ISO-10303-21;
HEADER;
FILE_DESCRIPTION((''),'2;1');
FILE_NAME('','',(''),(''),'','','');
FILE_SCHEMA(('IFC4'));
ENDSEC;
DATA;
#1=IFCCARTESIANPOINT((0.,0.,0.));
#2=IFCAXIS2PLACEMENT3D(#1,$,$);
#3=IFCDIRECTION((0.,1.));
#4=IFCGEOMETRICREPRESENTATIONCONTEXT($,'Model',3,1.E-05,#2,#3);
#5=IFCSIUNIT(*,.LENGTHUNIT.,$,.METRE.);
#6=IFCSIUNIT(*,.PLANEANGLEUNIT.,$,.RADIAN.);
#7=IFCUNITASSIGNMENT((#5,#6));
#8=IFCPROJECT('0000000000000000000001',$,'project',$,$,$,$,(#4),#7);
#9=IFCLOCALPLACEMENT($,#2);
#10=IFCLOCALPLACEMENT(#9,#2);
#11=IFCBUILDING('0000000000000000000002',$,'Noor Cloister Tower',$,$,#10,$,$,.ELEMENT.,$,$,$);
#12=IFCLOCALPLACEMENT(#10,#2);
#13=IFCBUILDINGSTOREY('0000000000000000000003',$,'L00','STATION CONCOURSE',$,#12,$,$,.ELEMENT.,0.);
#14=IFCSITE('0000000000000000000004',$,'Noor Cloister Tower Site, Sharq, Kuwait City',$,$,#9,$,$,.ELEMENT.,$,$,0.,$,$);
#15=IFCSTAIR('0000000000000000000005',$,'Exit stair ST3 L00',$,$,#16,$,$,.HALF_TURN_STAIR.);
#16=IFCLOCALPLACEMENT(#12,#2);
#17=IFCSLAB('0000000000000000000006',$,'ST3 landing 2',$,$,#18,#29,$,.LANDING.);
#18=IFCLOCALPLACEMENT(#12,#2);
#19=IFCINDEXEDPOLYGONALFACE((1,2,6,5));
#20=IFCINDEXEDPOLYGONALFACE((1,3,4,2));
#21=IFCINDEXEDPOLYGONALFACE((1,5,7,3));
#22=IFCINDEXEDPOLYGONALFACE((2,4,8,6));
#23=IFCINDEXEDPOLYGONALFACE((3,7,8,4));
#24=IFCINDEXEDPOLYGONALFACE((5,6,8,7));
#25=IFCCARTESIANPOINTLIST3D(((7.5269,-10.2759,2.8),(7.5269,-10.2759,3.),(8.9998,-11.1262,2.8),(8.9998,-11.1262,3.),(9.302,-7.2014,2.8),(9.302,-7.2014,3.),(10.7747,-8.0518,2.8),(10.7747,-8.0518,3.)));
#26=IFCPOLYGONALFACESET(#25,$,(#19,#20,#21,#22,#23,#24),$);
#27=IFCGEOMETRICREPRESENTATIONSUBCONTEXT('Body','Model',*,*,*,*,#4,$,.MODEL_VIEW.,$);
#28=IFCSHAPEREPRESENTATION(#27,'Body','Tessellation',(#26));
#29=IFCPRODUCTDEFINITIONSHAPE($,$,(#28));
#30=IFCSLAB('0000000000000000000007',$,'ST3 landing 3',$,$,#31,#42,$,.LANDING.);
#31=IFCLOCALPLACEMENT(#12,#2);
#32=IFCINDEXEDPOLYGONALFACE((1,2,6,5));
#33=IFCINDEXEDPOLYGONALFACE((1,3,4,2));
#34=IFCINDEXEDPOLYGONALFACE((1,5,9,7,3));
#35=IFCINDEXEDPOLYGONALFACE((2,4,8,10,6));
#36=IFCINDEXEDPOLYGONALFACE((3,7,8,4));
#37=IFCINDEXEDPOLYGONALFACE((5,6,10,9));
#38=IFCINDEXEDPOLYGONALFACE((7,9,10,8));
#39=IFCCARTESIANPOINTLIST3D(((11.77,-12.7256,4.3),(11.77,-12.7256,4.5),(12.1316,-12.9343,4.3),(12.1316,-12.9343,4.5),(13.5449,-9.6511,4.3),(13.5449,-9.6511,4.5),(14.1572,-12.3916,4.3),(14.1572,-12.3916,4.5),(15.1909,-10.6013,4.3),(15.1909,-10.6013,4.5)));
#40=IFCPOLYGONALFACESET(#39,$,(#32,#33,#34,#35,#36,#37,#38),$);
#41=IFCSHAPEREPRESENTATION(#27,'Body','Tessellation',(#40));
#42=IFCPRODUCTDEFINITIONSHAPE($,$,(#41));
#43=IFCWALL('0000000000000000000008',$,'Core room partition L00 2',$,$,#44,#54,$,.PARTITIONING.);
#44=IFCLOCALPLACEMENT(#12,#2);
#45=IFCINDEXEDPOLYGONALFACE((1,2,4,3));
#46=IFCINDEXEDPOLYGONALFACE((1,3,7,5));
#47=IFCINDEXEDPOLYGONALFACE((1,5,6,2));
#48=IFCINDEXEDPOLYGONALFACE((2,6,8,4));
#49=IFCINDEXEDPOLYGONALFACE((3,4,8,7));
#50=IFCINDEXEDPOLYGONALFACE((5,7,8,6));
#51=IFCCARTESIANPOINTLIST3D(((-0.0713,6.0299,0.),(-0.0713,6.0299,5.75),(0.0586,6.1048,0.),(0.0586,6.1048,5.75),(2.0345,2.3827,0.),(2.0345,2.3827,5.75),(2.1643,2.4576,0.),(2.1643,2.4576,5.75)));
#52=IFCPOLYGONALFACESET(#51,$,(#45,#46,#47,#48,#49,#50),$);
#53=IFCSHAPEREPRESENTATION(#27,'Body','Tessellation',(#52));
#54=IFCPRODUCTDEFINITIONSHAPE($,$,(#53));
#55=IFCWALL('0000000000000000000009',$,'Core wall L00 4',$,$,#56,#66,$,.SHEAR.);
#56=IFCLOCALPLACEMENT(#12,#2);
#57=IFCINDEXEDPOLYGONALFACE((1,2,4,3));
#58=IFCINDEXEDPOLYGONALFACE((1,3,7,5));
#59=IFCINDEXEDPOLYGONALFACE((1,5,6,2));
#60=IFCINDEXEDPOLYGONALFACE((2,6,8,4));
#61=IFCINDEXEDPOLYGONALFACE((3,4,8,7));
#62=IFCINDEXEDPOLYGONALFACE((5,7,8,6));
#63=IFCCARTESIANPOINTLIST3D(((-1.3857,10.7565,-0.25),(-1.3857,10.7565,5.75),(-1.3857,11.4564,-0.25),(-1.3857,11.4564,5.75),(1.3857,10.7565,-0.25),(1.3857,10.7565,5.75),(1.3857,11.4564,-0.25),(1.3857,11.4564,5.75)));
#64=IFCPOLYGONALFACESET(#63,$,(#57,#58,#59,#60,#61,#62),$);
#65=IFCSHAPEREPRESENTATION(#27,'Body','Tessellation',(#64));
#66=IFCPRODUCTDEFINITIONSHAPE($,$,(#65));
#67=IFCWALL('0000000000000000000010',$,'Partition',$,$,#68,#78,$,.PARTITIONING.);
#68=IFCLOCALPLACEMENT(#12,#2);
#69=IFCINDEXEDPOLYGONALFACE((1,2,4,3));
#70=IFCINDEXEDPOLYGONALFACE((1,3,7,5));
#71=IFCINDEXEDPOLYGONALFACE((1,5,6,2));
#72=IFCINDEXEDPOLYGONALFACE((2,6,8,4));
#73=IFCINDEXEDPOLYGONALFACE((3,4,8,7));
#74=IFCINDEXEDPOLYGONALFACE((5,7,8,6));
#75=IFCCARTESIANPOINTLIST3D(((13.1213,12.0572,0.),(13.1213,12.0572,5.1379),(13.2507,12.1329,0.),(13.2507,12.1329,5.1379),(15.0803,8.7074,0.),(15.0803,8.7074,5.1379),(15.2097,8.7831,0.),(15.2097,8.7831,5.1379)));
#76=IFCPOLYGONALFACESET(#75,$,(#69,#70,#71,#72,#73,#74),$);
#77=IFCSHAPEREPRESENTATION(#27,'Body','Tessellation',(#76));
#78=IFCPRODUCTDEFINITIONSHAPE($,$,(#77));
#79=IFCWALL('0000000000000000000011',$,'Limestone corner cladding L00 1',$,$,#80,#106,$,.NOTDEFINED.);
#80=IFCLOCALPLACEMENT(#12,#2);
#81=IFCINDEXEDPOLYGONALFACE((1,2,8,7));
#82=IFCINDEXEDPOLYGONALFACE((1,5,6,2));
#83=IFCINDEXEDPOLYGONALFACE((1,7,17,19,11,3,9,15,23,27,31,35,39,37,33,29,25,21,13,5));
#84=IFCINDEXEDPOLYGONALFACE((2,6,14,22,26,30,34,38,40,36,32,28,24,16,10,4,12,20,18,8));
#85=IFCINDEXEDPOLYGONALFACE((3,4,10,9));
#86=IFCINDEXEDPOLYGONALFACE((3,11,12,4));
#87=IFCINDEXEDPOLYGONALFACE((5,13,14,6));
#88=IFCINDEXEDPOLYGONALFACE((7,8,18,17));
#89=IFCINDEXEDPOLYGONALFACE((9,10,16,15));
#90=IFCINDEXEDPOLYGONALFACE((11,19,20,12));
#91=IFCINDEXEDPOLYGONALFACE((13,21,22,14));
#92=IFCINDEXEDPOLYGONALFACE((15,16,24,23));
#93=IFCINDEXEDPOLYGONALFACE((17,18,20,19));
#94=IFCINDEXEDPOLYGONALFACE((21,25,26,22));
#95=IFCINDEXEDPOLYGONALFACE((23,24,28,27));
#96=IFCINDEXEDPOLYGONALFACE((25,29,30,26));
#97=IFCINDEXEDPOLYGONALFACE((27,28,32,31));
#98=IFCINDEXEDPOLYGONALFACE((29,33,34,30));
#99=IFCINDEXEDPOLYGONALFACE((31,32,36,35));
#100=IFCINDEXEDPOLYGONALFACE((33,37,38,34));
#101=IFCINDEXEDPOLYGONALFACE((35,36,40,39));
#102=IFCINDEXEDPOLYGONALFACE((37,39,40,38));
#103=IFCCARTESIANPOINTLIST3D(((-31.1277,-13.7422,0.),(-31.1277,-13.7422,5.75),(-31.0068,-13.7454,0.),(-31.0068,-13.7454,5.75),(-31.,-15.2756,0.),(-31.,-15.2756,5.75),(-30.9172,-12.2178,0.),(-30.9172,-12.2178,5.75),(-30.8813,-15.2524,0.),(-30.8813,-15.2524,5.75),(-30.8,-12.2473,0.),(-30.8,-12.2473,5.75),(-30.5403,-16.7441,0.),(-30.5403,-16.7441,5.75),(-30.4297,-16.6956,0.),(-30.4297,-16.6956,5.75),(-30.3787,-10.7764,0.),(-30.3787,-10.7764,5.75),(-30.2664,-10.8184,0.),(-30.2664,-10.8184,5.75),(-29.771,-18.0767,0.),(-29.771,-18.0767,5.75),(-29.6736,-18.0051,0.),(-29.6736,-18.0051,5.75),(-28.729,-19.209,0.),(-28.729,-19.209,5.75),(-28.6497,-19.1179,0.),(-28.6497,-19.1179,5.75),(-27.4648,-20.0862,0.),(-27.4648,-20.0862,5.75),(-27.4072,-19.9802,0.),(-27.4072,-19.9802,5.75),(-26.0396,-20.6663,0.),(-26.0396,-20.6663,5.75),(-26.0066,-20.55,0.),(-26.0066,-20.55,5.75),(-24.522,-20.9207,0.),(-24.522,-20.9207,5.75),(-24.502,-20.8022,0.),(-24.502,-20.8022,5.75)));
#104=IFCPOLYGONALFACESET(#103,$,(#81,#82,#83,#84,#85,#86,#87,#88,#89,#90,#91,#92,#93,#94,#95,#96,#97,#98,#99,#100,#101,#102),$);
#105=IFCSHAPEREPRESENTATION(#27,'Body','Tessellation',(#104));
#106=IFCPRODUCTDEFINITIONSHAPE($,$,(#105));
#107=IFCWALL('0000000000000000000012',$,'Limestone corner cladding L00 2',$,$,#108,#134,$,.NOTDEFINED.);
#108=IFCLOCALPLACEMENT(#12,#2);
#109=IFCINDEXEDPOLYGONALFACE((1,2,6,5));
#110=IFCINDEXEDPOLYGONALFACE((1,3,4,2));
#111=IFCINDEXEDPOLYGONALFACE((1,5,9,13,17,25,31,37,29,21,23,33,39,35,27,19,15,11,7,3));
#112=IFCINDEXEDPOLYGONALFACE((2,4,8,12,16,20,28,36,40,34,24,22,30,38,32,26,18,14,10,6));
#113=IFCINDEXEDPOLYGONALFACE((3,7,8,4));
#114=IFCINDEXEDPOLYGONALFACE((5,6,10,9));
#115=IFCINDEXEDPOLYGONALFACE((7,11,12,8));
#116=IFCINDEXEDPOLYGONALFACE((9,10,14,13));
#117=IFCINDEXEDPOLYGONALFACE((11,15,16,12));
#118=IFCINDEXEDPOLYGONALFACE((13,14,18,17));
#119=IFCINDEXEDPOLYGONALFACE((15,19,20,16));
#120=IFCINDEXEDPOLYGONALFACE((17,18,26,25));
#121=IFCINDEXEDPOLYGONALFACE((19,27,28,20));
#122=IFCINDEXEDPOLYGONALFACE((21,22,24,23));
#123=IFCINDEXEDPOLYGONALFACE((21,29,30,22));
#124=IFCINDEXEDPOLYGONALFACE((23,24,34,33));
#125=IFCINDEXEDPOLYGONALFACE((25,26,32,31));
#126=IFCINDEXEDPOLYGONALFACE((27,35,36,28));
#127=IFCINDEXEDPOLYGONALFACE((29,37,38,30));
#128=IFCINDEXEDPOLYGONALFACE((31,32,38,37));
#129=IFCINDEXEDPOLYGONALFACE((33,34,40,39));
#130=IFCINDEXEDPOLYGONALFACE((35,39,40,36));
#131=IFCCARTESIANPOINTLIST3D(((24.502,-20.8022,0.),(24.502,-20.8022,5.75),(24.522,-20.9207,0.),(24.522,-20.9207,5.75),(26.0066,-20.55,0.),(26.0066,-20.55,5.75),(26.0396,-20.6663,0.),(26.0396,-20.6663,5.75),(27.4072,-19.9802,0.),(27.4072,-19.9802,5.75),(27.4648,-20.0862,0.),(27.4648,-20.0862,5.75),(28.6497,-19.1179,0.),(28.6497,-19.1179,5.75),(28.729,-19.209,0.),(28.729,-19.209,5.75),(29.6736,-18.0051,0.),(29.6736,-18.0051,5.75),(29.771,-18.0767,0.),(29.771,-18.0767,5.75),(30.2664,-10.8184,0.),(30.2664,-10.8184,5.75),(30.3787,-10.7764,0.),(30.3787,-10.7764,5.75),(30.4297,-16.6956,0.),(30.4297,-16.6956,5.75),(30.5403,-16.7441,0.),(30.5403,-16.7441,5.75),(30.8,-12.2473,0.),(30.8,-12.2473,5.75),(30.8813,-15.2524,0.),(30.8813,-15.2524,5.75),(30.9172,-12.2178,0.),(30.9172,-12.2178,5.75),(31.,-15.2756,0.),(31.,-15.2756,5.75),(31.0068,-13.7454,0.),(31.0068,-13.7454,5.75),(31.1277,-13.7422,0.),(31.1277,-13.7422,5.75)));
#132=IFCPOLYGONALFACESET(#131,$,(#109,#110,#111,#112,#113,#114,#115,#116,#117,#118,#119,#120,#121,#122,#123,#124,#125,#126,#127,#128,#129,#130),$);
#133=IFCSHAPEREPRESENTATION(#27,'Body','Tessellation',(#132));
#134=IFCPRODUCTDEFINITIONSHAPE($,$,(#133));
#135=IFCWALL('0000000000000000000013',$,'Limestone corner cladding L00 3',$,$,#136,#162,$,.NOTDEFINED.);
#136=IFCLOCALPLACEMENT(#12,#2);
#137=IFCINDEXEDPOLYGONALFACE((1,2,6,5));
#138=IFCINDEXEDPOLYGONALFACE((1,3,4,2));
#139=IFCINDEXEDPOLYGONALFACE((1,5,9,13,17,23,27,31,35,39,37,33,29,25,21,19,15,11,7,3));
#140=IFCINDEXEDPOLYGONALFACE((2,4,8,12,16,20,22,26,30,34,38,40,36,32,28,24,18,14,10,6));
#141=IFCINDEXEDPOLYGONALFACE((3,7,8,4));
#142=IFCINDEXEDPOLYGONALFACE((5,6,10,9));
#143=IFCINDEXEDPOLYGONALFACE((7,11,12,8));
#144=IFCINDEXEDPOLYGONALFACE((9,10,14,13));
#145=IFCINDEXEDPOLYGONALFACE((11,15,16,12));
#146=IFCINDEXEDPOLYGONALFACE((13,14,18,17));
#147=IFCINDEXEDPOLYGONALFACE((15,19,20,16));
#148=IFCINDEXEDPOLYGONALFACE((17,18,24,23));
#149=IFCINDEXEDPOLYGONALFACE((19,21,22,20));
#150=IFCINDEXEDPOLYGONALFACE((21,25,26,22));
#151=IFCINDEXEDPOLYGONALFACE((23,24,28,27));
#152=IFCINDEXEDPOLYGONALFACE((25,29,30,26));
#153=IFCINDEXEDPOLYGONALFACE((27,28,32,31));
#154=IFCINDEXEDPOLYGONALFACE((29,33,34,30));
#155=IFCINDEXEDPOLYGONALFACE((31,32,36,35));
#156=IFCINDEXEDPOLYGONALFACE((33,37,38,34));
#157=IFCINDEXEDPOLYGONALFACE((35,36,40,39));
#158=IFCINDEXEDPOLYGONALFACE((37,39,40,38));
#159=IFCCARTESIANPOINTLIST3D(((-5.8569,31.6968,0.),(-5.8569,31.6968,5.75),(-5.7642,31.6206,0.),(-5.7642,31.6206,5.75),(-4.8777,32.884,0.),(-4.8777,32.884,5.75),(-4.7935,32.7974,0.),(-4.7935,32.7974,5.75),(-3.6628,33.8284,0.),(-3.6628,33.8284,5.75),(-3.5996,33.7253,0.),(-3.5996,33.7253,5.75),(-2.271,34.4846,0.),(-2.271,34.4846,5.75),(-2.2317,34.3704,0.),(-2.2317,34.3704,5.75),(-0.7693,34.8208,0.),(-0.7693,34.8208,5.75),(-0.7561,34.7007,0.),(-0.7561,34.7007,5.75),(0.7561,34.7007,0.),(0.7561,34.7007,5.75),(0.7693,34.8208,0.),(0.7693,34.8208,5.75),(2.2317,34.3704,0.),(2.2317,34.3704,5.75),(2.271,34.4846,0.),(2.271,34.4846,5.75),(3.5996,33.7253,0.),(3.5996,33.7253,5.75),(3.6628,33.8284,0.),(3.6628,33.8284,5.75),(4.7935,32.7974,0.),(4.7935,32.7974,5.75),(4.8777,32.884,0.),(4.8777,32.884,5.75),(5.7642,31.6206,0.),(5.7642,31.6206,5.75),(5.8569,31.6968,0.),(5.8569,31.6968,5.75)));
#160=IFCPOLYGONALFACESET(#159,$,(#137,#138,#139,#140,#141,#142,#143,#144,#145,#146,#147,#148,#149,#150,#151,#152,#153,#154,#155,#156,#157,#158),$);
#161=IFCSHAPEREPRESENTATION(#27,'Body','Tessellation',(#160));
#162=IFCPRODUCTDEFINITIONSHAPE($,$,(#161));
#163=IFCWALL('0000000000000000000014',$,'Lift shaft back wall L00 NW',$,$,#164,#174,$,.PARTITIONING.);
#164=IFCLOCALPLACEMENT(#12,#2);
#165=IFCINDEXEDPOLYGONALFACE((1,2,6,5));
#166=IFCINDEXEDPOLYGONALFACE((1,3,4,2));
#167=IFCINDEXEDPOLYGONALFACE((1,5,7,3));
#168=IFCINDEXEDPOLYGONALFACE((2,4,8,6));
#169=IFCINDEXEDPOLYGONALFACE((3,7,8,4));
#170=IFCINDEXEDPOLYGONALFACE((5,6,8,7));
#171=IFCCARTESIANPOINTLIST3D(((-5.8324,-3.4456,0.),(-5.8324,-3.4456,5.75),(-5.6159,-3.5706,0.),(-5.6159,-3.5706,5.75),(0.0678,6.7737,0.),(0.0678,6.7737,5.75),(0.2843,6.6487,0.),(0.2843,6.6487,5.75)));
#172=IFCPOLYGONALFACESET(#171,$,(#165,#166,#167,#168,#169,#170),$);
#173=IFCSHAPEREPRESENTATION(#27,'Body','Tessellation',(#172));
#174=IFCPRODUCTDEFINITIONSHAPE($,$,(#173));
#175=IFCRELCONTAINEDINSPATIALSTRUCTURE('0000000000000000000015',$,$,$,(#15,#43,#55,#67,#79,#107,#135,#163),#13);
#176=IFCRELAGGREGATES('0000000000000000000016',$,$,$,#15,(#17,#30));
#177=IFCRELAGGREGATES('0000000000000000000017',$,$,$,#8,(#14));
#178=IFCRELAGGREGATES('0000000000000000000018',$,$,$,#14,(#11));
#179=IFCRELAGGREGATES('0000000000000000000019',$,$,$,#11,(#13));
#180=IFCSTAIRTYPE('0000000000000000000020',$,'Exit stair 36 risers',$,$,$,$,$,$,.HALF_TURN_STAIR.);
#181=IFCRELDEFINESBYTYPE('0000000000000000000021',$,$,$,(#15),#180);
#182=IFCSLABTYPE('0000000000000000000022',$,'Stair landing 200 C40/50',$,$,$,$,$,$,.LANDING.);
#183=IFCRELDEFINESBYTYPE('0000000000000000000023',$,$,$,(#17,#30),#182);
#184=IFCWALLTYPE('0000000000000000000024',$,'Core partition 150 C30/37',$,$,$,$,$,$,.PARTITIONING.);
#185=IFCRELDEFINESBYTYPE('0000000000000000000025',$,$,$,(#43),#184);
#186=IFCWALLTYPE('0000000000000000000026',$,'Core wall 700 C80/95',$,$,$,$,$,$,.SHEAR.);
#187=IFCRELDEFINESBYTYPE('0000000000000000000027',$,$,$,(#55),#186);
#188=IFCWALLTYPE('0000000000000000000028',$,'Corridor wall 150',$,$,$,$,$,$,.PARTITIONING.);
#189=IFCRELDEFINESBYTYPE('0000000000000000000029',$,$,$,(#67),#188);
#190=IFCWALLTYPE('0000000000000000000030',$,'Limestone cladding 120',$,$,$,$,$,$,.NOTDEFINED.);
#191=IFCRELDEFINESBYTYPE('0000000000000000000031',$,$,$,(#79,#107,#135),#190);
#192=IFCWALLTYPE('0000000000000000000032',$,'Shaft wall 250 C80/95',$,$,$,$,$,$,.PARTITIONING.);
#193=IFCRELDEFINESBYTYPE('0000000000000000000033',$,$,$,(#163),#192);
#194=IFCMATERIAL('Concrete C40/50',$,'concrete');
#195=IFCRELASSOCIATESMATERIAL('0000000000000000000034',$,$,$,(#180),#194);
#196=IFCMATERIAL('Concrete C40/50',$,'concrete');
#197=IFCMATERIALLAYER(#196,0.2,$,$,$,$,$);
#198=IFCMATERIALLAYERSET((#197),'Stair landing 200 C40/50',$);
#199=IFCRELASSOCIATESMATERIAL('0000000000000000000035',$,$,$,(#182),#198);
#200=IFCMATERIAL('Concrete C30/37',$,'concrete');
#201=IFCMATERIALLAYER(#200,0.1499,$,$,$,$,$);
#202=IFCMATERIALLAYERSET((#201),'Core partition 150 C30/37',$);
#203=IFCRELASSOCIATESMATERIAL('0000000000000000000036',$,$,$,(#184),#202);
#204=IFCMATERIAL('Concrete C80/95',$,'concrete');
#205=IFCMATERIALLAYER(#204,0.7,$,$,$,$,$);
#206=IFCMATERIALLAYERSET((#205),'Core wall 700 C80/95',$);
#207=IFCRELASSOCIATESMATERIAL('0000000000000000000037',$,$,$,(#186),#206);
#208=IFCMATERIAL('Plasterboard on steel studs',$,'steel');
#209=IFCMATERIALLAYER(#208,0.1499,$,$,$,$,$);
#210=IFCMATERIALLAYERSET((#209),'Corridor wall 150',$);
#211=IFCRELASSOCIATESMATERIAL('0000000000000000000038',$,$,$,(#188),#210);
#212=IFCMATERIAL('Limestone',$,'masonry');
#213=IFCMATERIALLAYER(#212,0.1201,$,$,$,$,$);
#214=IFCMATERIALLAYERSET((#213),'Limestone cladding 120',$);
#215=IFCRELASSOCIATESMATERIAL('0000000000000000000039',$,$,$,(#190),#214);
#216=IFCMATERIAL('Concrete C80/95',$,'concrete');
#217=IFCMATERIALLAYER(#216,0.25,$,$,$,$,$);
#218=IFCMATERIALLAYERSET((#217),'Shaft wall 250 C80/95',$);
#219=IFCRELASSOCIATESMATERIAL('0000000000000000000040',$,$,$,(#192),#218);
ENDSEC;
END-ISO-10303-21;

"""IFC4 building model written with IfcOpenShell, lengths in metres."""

from ifc_helpers import new_model, si_unit, direction, frame, frame_2d, origin, place, context, subcontext, project, spatial, polyline, rectangle, outline, extrude, material, layer, layer_set, type_object, element, aggregate, save


model = new_model("IFC4")

# Units and contexts
model_context = context("Model", 3, precision=1e-05, world=origin(), true_north=direction((0.0, 1.0)))
body_context = subcontext(model_context, "Body", "Model", "MODEL_VIEW")
ifc_project = project(units=[si_unit("LENGTHUNIT", "METRE"), si_unit("PLANEANGLEUNIT", "RADIAN")], contexts=[model_context])

# Site, building, storey
site_placement = place(None, origin())
site = spatial("IfcSite", under=ifc_project, at=site_placement, Name="Noor Cloister Tower Site, Sharq, Kuwait City", CompositionType="ELEMENT", RefElevation=0.0)
building_placement = place(site_placement, origin())
building = spatial("IfcBuilding", under=site, at=building_placement, Name="Noor Cloister Tower", CompositionType="ELEMENT")
storey_placement = place(building_placement, origin())
storey = spatial("IfcBuildingStorey", under=building, at=storey_placement, Name="L00", Description="STATION CONCOURSE", CompositionType="ELEMENT", Elevation=0.0)

# Stair, slabs
ifc_material_1 = material(Name="Concrete C40/50", Category="concrete")
stair_type = type_object("IfcStairType", Name="Exit stair 36 risers", PredefinedType="HALF_TURN_STAIR", material=ifc_material_1)
ifc_material_2 = material(Name="Concrete C40/50", Category="concrete")
ifc_layer_1 = layer(ifc_material_2, 0.2)
ifc_layer_set_1 = layer_set([ifc_layer_1], Name="Stair landing 200 C40/50")
slab_type_1 = type_object("IfcSlabType", Name="Stair landing 200 C40/50", PredefinedType="LANDING", material=ifc_layer_set_1)
stair_1_placement = place(storey_placement, origin())
stair_1 = element("IfcStair", 1, at=stair_1_placement, inside=storey, type_object=stair_type, Name="Exit stair ST3 L00", PredefinedType="HALF_TURN_STAIR")
slab_1_placement = place(storey_placement, frame((0.0, 0.0, 2.8)))
slab_1 = element("IfcSlab", 2, at=slab_1_placement, type_object=slab_type_1, Name="ST3 landing 2", PredefinedType="LANDING", context=body_context, shape_type="SweptSolid", body=[
    extrude(outline(polyline([(10.7747, -8.0518), (9.302, -7.2014), (7.5269, -10.2759), (8.9998, -11.1262), (10.7747, -8.0518)])), origin(), (0.0, 0.0, 1.0), 0.2),
])
slab_2_placement = place(storey_placement, frame((0.0, 0.0, 4.3)))
slab_2 = element("IfcSlab", 3, at=slab_2_placement, type_object=slab_type_1, Name="ST3 landing 3", PredefinedType="LANDING", context=body_context, shape_type="SweptSolid", body=[
    extrude(outline(polyline([(11.77, -12.7256), (12.1316, -12.9343), (14.1572, -12.3916), (15.1909, -10.6013), (13.5449, -9.6511), (11.77, -12.7256)])), origin(), (0.0, 0.0, 1.0), 0.2),
])
aggregate(stair_1, [slab_1, slab_2])

# Walls
ifc_material_3 = material(Name="Concrete C30/37", Category="concrete")
ifc_layer_2 = layer(ifc_material_3, 0.1499)
ifc_layer_set_2 = layer_set([ifc_layer_2], Name="Core partition 150 C30/37")
wall_type_1 = type_object("IfcWallType", Name="Core partition 150 C30/37", PredefinedType="PARTITIONING", material=ifc_layer_set_2)
wall_1_placement = place(storey_placement, frame((2.0994, 2.4202, 0.0), z_axis=(0.0, 0.0, 1.0), x_axis=(-0.499998, 0.866026, 0.0)))
element("IfcWall", 4, at=wall_1_placement, inside=storey, type_object=wall_type_1, Name="Core room partition L00 2", PredefinedType="PARTITIONING", context=body_context, shape_type="SweptSolid", body=[
    extrude(rectangle(XDim=4.2114, YDim=0.1499, at=frame_2d((2.1057, 0.0))), origin(), (0.0, 0.0, 1.0), 5.75),
])
ifc_material_4 = material(Name="Concrete C80/95", Category="concrete")
ifc_layer_3 = layer(ifc_material_4, 0.7)
ifc_layer_set_3 = layer_set([ifc_layer_3], Name="Core wall 700 C80/95")
wall_type_2 = type_object("IfcWallType", Name="Core wall 700 C80/95", PredefinedType="SHEAR", material=ifc_layer_set_3)
wall_2_placement = place(storey_placement, frame((1.3857, 11.1064, -0.25), z_axis=(0.0, 0.0, 1.0), x_axis=(-1.0, 0.0, 0.0)))
element("IfcWall", 5, at=wall_2_placement, inside=storey, type_object=wall_type_2, Name="Core wall L00 4", PredefinedType="SHEAR", context=body_context, shape_type="SweptSolid", body=[
    extrude(rectangle(XDim=2.7715, YDim=0.7, at=frame_2d((1.3857, 0.0))), origin(), (0.0, 0.0, 1.0), 6.0),
])
ifc_material_5 = material(Name="Plasterboard on steel studs", Category="steel")
ifc_layer_4 = layer(ifc_material_5, 0.1499)
ifc_layer_set_4 = layer_set([ifc_layer_4], Name="Corridor wall 150")
wall_type_3 = type_object("IfcWallType", Name="Corridor wall 150", PredefinedType="PARTITIONING", material=ifc_layer_set_4)
wall_3_placement = place(storey_placement, frame((15.145, 8.7451, 0.0), z_axis=(0.0, 0.0, 1.0), x_axis=(-0.504813, 0.863228, 0.0)))
element("IfcWall", 6, at=wall_3_placement, inside=storey, type_object=wall_type_3, Name="Partition", PredefinedType="PARTITIONING", context=body_context, shape_type="SweptSolid", body=[
    extrude(rectangle(XDim=3.8806, YDim=0.1499, at=frame_2d((1.9404, 0.0))), origin(), (0.0, 0.0, 1.0), 5.1379),
])
ifc_material_6 = material(Name="Limestone", Category="masonry")
ifc_layer_5 = layer(ifc_material_6, 0.1201)
ifc_layer_set_5 = layer_set([ifc_layer_5], Name="Limestone cladding 120")
wall_type_4 = type_object("IfcWallType", Name="Limestone cladding 120", PredefinedType="NOTDEFINED", material=ifc_layer_set_5)
wall_4_placement = place(storey_placement, origin())
element("IfcWall", 7, at=wall_4_placement, inside=storey, type_object=wall_type_4, Name="Limestone corner cladding L00 1", PredefinedType="NOTDEFINED", context=body_context, shape_type="SweptSolid", body=[
    extrude(outline(polyline([(-30.3787, -10.7764), (-30.9172, -12.2178), (-31.1277, -13.7422), (-31.0, -15.2756), (-30.5403, -16.7441), (-29.771, -18.0767), (-28.729, -19.209), (-27.4648, -20.0862), (-26.0396, -20.6663), (-24.522, -20.9207), (-24.502, -20.8022), (-26.0066, -20.55), (-27.4072, -19.9802), (-28.6497, -19.1179), (-29.6736, -18.0051), (-30.4297, -16.6956), (-30.8813, -15.2524), (-31.0068, -13.7454), (-30.8, -12.2473), (-30.2664, -10.8184), (-30.3787, -10.7764)])), origin(), (0.0, 0.0, 1.0), 5.75),
])
wall_5_placement = place(storey_placement, origin())
element("IfcWall", 8, at=wall_5_placement, inside=storey, type_object=wall_type_4, Name="Limestone corner cladding L00 2", PredefinedType="NOTDEFINED", context=body_context, shape_type="SweptSolid", body=[
    extrude(outline(polyline([(24.522, -20.9207), (26.0396, -20.6663), (27.4648, -20.0862), (28.729, -19.209), (29.771, -18.0767), (30.5403, -16.7441), (31.0, -15.2756), (31.1277, -13.7422), (30.9172, -12.2178), (30.3787, -10.7764), (30.2664, -10.8184), (30.8, -12.2473), (31.0068, -13.7454), (30.8813, -15.2524), (30.4297, -16.6956), (29.6736, -18.0051), (28.6497, -19.1179), (27.4072, -19.9802), (26.0066, -20.55), (24.502, -20.8022), (24.522, -20.9207)])), origin(), (0.0, 0.0, 1.0), 5.75),
])
wall_6_placement = place(storey_placement, origin())
element("IfcWall", 9, at=wall_6_placement, inside=storey, type_object=wall_type_4, Name="Limestone corner cladding L00 3", PredefinedType="NOTDEFINED", context=body_context, shape_type="SweptSolid", body=[
    extrude(outline(polyline([(5.8569, 31.6968), (4.8777, 32.884), (3.6628, 33.8284), (2.271, 34.4846), (0.7693, 34.8208), (-0.7693, 34.8208), (-2.271, 34.4846), (-3.6628, 33.8284), (-4.8777, 32.884), (-5.8569, 31.6968), (-5.7642, 31.6206), (-4.7935, 32.7974), (-3.5996, 33.7253), (-2.2317, 34.3704), (-0.7561, 34.7007), (0.7561, 34.7007), (2.2317, 34.3704), (3.5996, 33.7253), (4.7935, 32.7974), (5.7642, 31.6206), (5.8569, 31.6968)])), origin(), (0.0, 0.0, 1.0), 5.75),
])
ifc_material_7 = material(Name="Concrete C80/95", Category="concrete")
ifc_layer_6 = layer(ifc_material_7, 0.25)
ifc_layer_set_6 = layer_set([ifc_layer_6], Name="Shaft wall 250 C80/95")
wall_type_5 = type_object("IfcWallType", Name="Shaft wall 250 C80/95", PredefinedType="PARTITIONING", material=ifc_layer_set_6)
wall_7_placement = place(storey_placement, frame((0.176, 6.7112, 0.0), z_axis=(0.0, 0.0, 1.0), x_axis=(-0.500004, -0.866023, 0.0)))
element("IfcWall", 10, at=wall_7_placement, inside=storey, type_object=wall_type_5, Name="Lift shaft back wall L00 NW", PredefinedType="PARTITIONING", context=body_context, shape_type="SweptSolid", body=[
    extrude(rectangle(XDim=11.8003, YDim=0.25, at=frame_2d((5.9001, 0.0))), origin(), (0.0, 0.0, 1.0), 5.75),
])

save(model, "model.ifc")
